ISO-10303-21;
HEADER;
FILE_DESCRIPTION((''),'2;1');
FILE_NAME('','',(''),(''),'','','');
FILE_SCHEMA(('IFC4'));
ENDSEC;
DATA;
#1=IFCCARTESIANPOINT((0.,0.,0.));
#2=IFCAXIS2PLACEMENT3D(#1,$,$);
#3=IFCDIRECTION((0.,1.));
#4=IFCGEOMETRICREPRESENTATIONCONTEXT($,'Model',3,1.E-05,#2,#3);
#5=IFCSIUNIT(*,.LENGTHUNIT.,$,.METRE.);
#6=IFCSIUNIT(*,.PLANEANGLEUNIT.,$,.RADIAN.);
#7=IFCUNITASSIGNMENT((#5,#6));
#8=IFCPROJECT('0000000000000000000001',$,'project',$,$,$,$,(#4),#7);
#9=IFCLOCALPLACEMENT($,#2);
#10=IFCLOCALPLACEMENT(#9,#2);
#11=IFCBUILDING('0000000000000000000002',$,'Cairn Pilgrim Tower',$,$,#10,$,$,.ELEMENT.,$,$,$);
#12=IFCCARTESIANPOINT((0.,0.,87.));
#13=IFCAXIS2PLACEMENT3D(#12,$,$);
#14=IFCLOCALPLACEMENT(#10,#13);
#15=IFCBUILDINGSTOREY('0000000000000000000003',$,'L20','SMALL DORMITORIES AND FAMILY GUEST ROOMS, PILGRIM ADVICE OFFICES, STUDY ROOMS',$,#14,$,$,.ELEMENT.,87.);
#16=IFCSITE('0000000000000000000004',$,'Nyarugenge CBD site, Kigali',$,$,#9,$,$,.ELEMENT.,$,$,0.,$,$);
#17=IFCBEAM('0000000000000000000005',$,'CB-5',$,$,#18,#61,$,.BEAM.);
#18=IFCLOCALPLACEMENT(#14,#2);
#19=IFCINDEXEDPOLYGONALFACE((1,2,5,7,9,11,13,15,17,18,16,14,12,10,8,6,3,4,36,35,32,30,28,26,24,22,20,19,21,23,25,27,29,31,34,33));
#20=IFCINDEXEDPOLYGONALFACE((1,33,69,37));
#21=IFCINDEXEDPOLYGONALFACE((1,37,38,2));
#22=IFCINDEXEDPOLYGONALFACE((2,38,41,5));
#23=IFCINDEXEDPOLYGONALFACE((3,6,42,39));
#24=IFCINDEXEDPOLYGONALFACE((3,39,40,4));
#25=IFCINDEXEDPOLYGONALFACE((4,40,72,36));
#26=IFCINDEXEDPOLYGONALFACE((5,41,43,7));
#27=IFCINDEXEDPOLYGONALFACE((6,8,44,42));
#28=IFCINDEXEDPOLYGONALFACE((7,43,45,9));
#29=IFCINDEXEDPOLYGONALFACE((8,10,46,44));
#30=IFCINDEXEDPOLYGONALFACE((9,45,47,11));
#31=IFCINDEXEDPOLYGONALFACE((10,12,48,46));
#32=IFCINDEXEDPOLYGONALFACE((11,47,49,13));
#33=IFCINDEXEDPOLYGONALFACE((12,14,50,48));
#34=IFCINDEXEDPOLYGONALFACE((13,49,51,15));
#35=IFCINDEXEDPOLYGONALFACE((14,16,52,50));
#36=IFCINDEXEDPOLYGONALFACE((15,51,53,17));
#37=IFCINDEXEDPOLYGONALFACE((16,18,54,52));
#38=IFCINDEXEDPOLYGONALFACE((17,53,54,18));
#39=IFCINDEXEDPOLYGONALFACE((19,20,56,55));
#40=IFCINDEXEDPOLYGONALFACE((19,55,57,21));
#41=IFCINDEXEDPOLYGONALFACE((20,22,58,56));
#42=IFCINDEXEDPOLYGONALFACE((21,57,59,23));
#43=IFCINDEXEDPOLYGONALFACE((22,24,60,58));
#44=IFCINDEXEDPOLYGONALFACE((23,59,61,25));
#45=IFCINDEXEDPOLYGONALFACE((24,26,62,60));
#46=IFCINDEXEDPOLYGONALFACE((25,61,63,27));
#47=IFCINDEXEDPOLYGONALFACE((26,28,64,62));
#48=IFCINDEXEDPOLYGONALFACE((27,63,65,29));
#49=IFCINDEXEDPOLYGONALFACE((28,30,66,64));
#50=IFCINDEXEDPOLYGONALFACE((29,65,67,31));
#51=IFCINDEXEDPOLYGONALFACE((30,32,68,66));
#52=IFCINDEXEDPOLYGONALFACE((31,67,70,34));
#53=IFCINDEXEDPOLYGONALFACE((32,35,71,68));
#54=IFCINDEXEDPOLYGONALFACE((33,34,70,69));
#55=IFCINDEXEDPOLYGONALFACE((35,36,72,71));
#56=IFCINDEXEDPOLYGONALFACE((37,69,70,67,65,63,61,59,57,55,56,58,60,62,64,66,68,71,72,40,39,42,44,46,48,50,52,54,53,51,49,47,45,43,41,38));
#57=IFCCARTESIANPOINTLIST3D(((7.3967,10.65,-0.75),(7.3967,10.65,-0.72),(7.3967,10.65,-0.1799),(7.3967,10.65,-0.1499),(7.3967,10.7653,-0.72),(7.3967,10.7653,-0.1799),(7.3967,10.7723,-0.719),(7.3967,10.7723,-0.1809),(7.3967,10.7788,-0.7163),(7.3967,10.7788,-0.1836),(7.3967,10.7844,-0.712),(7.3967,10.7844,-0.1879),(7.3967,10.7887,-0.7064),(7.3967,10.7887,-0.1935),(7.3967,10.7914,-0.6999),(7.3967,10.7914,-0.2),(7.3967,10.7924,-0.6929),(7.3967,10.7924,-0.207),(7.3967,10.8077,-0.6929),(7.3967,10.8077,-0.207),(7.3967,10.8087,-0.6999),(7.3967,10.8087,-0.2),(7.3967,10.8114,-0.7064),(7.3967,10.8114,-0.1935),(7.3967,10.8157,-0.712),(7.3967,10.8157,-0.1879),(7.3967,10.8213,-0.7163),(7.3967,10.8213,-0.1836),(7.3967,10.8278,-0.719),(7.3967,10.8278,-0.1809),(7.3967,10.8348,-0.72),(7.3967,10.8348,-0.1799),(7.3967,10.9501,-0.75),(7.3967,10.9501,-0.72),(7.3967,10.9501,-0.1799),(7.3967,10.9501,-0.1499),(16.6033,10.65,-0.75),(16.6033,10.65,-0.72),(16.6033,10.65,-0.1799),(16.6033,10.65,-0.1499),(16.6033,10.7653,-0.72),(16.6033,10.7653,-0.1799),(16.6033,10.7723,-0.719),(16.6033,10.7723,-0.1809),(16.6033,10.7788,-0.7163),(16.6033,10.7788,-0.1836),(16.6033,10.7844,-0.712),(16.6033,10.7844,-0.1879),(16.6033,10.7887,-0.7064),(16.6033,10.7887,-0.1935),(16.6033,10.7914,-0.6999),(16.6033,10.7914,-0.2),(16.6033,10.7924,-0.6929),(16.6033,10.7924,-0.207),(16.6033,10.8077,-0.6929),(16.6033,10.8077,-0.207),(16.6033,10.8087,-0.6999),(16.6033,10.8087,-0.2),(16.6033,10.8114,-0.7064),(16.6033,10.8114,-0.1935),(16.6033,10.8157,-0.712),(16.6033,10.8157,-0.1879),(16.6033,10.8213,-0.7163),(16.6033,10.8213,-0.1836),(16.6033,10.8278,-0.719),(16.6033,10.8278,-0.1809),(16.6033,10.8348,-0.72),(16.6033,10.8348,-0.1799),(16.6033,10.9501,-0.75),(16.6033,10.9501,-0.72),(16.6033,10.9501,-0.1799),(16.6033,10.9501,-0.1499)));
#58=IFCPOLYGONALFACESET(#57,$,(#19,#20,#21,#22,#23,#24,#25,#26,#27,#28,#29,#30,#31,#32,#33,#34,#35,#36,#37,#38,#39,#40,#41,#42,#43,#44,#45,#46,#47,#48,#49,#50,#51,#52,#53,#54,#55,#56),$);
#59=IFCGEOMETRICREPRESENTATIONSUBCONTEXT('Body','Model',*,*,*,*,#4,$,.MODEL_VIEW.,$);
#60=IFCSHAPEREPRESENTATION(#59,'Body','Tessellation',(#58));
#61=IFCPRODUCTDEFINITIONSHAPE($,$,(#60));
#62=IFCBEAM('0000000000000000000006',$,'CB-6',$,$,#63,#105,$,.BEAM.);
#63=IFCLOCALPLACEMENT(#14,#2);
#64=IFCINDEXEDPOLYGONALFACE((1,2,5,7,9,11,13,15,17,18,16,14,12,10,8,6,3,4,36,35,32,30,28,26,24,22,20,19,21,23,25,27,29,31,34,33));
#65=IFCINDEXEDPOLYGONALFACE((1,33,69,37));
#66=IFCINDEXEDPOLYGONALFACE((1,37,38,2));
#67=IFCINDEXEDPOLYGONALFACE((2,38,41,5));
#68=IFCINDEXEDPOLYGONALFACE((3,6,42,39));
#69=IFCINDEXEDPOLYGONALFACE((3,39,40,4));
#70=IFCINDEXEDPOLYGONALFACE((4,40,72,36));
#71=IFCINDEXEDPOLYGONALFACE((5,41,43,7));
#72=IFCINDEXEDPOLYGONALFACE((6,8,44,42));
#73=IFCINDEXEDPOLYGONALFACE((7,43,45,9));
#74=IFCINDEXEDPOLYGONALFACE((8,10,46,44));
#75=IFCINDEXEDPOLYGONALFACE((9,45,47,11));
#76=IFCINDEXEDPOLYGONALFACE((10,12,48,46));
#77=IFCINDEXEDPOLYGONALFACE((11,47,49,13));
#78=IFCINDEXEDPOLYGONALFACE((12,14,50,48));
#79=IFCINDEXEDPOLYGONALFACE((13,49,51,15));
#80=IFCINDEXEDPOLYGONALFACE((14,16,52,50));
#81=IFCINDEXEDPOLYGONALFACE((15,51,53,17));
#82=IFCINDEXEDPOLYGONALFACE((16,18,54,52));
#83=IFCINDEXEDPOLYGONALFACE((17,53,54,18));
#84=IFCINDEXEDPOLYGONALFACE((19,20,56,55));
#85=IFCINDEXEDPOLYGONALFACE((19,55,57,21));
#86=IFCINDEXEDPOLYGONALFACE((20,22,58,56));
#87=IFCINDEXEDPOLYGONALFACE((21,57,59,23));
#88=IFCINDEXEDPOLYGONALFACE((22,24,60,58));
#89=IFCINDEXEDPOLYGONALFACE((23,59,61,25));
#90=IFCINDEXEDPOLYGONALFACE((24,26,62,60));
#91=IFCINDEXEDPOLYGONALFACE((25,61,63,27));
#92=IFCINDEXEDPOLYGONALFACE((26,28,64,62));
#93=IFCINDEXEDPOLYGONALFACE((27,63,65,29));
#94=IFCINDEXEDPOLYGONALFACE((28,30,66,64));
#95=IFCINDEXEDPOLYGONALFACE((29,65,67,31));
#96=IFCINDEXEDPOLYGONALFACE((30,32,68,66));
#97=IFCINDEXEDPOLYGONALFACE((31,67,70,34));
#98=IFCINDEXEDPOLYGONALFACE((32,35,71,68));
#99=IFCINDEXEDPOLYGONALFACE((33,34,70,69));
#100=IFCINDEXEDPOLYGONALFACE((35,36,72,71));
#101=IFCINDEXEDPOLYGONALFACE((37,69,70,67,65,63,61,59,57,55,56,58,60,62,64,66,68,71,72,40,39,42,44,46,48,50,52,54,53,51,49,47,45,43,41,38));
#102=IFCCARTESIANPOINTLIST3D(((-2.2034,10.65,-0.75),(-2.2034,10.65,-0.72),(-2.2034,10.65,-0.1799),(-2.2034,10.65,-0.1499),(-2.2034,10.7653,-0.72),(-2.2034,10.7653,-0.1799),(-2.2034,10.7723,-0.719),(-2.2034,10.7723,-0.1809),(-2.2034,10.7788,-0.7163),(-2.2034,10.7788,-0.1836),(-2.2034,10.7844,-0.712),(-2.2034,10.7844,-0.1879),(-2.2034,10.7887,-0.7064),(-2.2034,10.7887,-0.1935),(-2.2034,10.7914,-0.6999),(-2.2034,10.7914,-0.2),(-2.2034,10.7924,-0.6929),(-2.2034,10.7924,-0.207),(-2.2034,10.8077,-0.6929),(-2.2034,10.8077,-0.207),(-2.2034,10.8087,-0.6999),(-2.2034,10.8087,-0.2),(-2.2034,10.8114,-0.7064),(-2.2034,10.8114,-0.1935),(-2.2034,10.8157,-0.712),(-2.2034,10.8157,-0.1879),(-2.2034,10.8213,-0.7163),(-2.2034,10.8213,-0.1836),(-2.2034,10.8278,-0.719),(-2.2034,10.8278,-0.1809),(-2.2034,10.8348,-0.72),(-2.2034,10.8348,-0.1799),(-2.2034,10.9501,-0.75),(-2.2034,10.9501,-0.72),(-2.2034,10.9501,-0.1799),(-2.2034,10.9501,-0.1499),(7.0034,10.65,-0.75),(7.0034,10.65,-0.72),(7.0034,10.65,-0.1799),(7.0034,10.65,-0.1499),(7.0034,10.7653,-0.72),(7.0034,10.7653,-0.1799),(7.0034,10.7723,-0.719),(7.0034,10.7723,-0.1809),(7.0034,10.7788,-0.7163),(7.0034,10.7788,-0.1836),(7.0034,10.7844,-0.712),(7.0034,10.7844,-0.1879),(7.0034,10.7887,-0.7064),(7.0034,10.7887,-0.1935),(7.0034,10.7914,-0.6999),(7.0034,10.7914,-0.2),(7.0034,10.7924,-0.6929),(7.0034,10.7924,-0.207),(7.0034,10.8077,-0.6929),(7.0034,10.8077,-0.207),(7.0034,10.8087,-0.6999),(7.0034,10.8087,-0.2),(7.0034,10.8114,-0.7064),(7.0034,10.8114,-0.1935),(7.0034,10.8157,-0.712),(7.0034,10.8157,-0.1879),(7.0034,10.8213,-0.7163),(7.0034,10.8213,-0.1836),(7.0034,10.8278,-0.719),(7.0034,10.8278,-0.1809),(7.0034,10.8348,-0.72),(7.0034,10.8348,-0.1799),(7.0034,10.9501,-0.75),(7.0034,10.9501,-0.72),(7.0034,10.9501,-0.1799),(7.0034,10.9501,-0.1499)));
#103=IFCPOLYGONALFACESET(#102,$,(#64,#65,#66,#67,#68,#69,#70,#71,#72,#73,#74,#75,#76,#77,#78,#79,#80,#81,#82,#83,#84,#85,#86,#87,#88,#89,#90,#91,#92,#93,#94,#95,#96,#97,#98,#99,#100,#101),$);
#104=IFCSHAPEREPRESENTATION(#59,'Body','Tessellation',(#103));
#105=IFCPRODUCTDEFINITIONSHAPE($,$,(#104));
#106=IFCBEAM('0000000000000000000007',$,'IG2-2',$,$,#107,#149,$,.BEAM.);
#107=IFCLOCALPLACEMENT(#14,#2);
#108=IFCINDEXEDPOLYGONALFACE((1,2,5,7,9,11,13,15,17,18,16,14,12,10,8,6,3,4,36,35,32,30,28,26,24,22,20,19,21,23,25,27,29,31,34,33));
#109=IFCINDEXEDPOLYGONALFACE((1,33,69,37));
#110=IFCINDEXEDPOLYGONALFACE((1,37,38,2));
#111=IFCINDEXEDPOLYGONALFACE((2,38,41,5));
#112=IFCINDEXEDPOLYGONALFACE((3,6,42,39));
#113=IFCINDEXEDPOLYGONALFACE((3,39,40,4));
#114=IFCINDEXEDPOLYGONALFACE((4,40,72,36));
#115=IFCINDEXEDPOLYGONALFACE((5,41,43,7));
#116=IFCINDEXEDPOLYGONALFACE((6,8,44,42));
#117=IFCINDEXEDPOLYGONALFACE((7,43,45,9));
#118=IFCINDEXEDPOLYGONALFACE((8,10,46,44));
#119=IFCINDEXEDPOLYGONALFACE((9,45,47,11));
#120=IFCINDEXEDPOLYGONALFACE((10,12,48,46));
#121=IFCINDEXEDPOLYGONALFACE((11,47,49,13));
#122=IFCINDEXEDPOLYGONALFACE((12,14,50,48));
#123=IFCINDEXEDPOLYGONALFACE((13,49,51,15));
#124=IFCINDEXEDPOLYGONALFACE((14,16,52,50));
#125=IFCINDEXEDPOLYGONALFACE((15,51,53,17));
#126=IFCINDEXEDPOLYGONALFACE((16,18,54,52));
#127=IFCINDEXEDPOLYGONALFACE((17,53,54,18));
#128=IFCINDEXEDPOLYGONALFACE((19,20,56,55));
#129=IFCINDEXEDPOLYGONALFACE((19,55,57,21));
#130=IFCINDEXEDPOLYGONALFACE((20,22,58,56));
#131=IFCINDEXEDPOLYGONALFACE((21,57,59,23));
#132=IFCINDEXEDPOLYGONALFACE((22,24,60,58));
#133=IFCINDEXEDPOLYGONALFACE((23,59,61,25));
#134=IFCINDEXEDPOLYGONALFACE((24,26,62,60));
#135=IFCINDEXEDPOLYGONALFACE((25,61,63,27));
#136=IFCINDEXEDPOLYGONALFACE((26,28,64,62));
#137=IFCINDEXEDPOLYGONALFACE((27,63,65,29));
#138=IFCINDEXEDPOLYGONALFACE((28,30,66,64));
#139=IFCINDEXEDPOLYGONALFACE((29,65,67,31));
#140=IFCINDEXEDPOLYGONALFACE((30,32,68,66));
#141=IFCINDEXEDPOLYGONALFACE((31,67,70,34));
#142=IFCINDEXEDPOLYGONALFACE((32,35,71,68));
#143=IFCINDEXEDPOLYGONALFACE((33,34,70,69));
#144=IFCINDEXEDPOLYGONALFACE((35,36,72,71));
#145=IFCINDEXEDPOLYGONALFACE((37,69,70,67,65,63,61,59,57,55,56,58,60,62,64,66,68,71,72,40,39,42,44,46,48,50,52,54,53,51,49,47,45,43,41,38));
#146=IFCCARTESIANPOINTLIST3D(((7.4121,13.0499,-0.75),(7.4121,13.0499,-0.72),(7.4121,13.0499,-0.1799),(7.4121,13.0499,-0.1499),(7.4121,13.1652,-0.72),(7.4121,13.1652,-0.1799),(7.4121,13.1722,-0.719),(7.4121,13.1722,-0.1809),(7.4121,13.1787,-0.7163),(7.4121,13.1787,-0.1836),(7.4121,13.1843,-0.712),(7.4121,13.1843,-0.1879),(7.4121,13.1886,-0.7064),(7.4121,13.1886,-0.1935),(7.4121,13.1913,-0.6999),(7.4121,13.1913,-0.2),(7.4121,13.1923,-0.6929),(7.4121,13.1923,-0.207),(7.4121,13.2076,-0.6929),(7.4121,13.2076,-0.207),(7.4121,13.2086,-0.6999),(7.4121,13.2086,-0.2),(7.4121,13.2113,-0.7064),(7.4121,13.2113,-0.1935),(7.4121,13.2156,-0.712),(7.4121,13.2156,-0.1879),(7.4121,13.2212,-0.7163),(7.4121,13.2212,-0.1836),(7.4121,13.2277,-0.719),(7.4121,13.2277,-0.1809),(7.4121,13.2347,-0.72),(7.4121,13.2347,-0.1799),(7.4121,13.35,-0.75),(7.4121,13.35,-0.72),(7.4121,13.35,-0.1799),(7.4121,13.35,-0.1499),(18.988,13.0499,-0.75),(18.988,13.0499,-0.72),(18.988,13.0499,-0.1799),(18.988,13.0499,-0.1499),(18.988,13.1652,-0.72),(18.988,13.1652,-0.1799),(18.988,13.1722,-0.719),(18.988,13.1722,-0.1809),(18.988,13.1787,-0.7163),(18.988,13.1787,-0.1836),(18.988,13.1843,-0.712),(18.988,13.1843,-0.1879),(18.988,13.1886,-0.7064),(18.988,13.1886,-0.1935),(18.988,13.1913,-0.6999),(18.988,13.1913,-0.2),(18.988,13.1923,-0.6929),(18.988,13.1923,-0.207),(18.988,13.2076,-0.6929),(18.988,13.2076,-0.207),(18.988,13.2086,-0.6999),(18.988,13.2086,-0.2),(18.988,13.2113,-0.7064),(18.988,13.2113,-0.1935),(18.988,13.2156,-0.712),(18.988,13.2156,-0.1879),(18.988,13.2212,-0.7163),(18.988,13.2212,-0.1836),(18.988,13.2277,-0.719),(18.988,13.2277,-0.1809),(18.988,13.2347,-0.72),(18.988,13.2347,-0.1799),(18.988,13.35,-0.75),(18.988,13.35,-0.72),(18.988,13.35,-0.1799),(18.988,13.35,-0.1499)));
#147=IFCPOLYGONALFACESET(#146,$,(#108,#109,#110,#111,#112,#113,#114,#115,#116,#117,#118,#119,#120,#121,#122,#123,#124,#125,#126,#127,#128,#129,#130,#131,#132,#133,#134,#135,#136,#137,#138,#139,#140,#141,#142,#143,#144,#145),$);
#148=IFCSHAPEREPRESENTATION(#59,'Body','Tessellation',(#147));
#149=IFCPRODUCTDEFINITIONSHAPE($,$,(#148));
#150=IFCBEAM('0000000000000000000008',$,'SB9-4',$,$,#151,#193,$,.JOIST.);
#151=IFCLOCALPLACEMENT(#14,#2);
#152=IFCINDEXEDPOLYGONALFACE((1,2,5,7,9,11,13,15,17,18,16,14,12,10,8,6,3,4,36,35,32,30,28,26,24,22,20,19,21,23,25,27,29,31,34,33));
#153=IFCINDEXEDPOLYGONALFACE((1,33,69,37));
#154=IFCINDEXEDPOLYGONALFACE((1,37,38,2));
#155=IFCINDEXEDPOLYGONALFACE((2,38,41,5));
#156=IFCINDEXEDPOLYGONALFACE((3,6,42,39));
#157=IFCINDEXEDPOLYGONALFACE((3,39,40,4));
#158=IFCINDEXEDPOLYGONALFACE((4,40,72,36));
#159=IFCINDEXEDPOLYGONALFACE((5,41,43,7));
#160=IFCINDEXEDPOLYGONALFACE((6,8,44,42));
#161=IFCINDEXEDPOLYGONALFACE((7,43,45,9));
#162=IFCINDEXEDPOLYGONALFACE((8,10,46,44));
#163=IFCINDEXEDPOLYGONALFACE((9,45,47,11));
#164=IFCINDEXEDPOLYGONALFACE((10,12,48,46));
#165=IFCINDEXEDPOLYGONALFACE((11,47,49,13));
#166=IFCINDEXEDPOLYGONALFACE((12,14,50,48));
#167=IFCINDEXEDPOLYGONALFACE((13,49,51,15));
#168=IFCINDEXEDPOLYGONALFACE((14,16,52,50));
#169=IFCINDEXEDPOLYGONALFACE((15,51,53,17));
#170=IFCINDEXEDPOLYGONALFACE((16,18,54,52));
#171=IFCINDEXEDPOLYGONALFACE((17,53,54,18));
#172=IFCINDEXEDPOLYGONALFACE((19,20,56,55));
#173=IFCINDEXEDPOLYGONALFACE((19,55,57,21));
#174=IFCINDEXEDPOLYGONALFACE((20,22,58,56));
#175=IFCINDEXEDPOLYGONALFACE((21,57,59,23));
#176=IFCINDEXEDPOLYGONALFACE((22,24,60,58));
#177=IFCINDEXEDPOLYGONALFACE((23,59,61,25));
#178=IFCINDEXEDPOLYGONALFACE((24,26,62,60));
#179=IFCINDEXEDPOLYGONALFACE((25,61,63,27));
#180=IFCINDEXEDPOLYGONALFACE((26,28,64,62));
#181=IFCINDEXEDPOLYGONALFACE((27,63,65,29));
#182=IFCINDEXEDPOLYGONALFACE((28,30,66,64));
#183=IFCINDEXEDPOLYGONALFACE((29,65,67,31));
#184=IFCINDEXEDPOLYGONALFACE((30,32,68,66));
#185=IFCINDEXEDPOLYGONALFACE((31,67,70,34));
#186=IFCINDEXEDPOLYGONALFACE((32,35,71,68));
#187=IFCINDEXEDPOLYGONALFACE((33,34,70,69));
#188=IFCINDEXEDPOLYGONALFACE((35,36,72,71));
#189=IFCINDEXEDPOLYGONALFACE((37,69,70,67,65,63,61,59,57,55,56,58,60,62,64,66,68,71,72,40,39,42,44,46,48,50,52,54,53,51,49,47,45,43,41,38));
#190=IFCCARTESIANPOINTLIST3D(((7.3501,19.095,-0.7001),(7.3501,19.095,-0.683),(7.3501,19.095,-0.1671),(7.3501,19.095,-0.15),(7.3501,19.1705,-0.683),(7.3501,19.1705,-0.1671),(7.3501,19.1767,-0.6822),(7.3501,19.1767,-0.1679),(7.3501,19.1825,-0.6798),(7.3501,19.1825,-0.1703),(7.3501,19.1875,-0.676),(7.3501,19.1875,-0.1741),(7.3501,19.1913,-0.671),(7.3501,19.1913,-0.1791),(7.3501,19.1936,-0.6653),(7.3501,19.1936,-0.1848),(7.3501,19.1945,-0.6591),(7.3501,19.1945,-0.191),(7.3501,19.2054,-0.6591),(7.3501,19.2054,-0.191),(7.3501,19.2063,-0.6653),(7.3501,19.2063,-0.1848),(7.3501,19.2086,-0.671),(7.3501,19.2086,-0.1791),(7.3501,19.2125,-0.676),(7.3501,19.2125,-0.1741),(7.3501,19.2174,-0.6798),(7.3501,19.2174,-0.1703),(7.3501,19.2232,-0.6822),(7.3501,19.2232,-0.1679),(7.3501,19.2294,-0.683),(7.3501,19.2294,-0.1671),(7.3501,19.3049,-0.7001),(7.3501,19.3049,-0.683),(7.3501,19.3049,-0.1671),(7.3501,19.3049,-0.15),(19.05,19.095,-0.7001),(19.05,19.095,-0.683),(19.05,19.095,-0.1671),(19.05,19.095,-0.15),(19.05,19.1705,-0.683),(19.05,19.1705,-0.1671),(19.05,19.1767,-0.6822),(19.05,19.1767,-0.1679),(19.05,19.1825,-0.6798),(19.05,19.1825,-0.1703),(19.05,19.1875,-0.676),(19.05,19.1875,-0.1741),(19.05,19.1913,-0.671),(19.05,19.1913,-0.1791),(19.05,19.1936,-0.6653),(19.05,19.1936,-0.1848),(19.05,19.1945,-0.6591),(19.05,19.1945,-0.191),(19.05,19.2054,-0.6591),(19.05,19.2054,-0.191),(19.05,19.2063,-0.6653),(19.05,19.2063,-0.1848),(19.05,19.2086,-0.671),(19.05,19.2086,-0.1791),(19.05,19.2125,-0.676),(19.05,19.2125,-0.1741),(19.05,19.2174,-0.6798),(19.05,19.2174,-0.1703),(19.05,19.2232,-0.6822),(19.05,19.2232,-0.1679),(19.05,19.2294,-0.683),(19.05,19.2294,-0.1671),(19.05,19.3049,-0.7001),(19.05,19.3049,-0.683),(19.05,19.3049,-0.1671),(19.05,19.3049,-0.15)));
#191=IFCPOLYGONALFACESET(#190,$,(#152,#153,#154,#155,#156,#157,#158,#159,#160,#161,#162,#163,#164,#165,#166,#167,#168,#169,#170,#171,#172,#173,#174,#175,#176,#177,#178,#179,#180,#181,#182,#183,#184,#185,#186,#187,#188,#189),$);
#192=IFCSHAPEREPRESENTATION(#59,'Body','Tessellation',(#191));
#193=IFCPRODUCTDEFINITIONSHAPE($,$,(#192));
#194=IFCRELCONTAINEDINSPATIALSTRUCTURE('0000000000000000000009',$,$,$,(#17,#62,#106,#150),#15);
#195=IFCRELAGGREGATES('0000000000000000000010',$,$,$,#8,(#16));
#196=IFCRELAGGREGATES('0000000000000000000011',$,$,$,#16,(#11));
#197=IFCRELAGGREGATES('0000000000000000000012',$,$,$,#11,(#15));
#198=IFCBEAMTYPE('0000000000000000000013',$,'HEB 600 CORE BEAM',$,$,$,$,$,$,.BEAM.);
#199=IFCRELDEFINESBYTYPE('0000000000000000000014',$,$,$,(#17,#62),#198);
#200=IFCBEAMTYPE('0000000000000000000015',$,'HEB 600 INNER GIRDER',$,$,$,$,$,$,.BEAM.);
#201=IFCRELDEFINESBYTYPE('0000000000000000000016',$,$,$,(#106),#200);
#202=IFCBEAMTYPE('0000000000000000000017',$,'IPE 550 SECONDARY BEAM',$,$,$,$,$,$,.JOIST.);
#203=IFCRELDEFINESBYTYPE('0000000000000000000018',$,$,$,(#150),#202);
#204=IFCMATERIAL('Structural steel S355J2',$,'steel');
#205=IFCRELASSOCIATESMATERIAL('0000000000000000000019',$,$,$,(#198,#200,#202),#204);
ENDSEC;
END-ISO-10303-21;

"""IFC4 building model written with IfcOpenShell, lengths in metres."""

from ifc_helpers import new_model, si_unit, direction, frame, origin, origin_2d, place, context, subcontext, project, spatial, i_section, extrude, material, material_profile, profile_set, type_object, element, save


model = new_model("IFC4")

# Units and contexts
model_context = context("Model", 3, precision=1e-05, world=origin(), true_north=direction((0.0, 1.0)))
body_context = subcontext(model_context, "Body", "Model", "MODEL_VIEW")
ifc_project = project(units=[si_unit("LENGTHUNIT", "METRE"), si_unit("PLANEANGLEUNIT", "RADIAN")], contexts=[model_context])

# Site, building, storey
site_placement = place(None, origin())
site = spatial("IfcSite", under=ifc_project, at=site_placement, Name="Nyarugenge CBD site, Kigali", CompositionType="ELEMENT", RefElevation=0.0)
building_placement = place(site_placement, origin())
building = spatial("IfcBuilding", under=site, at=building_placement, Name="Cairn Pilgrim Tower", CompositionType="ELEMENT")
storey_placement = place(building_placement, frame((0.0, 0.0, 87.0)))
storey = spatial("IfcBuildingStorey", under=building, at=storey_placement, Name="L20", Description="SMALL DORMITORIES AND FAMILY GUEST ROOMS, PILGRIM ADVICE OFFICES, STUDY ROOMS", CompositionType="ELEMENT", Elevation=87.0)

# Beams
ifc_material_1 = material(Name="Structural steel S355J2", Category="steel")
ifc_material_profile_1 = material_profile(ifc_material_1, i_section(OverallWidth=0.3, OverallDepth=0.6001, WebThickness=0.0154, FlangeThickness=0.03, FilletRadius=0.0271, at=origin_2d()), Name="HEB 600")
ifc_profile_set_1 = profile_set([ifc_material_profile_1], Name="Structural steel S355J2")
beam_type_1 = type_object("IfcBeamType", Name="HEB 600 CORE BEAM", PredefinedType="BEAM", material=ifc_profile_set_1)
beam_1_placement = place(storey_placement, frame((16.6033, 10.8, -0.45), z_axis=(-1.0, 0.0, 0.0), x_axis=(0.0, -1.0, 0.0)))
element("IfcBeam", 1, at=beam_1_placement, inside=storey, type_object=beam_type_1, Name="CB-5", PredefinedType="BEAM", context=body_context, shape_type="SweptSolid", body=[
    extrude(i_section(OverallWidth=0.3, OverallDepth=0.6001, WebThickness=0.0154, FlangeThickness=0.03, FilletRadius=0.0271, at=origin_2d()), origin(), (0.0, 0.0, 1.0), 9.2065),
])
beam_2_placement = place(storey_placement, frame((7.0034, 10.8, -0.45), z_axis=(-1.0, 0.0, 0.0), x_axis=(0.0, -1.0, 0.0)))
element("IfcBeam", 2, at=beam_2_placement, inside=storey, type_object=beam_type_1, Name="CB-6", PredefinedType="BEAM", context=body_context, shape_type="SweptSolid", body=[
    extrude(i_section(OverallWidth=0.3, OverallDepth=0.6001, WebThickness=0.0154, FlangeThickness=0.03, FilletRadius=0.0271, at=origin_2d()), origin(), (0.0, 0.0, 1.0), 9.2068),
])
ifc_material_profile_2 = material_profile(ifc_material_1, i_section(OverallWidth=0.3, OverallDepth=0.6001, WebThickness=0.0154, FlangeThickness=0.03, FilletRadius=0.0271, at=origin_2d()), Name="HEB 600")
ifc_profile_set_2 = profile_set([ifc_material_profile_2], Name="Structural steel S355J2")
beam_type_2 = type_object("IfcBeamType", Name="HEB 600 INNER GIRDER", PredefinedType="BEAM", material=ifc_profile_set_2)
beam_3_placement = place(storey_placement, frame((7.4121, 13.2, -0.45), z_axis=(1.0, 0.0, 0.0), x_axis=(0.0, 1.0, 0.0)))
element("IfcBeam", 3, at=beam_3_placement, inside=storey, type_object=beam_type_2, Name="IG2-2", PredefinedType="BEAM", context=body_context, shape_type="SweptSolid", body=[
    extrude(i_section(OverallWidth=0.3, OverallDepth=0.6001, WebThickness=0.0154, FlangeThickness=0.03, FilletRadius=0.0271, at=origin_2d()), origin(), (0.0, 0.0, 1.0), 11.5759),
])
ifc_material_profile_3 = material_profile(ifc_material_1, i_section(OverallWidth=0.21, OverallDepth=0.55, WebThickness=0.011, FlangeThickness=0.0171, FilletRadius=0.0239, at=origin_2d()), Name="IPE 550")
ifc_profile_set_3 = profile_set([ifc_material_profile_3], Name="Structural steel S355J2")
beam_type_3 = type_object("IfcBeamType", Name="IPE 550 SECONDARY BEAM", PredefinedType="JOIST", material=ifc_profile_set_3)
beam_4_placement = place(storey_placement, frame((7.3501, 19.2, -0.425), z_axis=(1.0, 0.0, 0.0), x_axis=(0.0, 1.0, 0.0)))
element("IfcBeam", 4, at=beam_4_placement, inside=storey, type_object=beam_type_3, Name="SB9-4", PredefinedType="JOIST", context=body_context, shape_type="SweptSolid", body=[
    extrude(i_section(OverallWidth=0.21, OverallDepth=0.55, WebThickness=0.011, FlangeThickness=0.0171, FilletRadius=0.0239, at=origin_2d()), origin(), (0.0, 0.0, 1.0), 11.7),
])

save(model, "model.ifc")
